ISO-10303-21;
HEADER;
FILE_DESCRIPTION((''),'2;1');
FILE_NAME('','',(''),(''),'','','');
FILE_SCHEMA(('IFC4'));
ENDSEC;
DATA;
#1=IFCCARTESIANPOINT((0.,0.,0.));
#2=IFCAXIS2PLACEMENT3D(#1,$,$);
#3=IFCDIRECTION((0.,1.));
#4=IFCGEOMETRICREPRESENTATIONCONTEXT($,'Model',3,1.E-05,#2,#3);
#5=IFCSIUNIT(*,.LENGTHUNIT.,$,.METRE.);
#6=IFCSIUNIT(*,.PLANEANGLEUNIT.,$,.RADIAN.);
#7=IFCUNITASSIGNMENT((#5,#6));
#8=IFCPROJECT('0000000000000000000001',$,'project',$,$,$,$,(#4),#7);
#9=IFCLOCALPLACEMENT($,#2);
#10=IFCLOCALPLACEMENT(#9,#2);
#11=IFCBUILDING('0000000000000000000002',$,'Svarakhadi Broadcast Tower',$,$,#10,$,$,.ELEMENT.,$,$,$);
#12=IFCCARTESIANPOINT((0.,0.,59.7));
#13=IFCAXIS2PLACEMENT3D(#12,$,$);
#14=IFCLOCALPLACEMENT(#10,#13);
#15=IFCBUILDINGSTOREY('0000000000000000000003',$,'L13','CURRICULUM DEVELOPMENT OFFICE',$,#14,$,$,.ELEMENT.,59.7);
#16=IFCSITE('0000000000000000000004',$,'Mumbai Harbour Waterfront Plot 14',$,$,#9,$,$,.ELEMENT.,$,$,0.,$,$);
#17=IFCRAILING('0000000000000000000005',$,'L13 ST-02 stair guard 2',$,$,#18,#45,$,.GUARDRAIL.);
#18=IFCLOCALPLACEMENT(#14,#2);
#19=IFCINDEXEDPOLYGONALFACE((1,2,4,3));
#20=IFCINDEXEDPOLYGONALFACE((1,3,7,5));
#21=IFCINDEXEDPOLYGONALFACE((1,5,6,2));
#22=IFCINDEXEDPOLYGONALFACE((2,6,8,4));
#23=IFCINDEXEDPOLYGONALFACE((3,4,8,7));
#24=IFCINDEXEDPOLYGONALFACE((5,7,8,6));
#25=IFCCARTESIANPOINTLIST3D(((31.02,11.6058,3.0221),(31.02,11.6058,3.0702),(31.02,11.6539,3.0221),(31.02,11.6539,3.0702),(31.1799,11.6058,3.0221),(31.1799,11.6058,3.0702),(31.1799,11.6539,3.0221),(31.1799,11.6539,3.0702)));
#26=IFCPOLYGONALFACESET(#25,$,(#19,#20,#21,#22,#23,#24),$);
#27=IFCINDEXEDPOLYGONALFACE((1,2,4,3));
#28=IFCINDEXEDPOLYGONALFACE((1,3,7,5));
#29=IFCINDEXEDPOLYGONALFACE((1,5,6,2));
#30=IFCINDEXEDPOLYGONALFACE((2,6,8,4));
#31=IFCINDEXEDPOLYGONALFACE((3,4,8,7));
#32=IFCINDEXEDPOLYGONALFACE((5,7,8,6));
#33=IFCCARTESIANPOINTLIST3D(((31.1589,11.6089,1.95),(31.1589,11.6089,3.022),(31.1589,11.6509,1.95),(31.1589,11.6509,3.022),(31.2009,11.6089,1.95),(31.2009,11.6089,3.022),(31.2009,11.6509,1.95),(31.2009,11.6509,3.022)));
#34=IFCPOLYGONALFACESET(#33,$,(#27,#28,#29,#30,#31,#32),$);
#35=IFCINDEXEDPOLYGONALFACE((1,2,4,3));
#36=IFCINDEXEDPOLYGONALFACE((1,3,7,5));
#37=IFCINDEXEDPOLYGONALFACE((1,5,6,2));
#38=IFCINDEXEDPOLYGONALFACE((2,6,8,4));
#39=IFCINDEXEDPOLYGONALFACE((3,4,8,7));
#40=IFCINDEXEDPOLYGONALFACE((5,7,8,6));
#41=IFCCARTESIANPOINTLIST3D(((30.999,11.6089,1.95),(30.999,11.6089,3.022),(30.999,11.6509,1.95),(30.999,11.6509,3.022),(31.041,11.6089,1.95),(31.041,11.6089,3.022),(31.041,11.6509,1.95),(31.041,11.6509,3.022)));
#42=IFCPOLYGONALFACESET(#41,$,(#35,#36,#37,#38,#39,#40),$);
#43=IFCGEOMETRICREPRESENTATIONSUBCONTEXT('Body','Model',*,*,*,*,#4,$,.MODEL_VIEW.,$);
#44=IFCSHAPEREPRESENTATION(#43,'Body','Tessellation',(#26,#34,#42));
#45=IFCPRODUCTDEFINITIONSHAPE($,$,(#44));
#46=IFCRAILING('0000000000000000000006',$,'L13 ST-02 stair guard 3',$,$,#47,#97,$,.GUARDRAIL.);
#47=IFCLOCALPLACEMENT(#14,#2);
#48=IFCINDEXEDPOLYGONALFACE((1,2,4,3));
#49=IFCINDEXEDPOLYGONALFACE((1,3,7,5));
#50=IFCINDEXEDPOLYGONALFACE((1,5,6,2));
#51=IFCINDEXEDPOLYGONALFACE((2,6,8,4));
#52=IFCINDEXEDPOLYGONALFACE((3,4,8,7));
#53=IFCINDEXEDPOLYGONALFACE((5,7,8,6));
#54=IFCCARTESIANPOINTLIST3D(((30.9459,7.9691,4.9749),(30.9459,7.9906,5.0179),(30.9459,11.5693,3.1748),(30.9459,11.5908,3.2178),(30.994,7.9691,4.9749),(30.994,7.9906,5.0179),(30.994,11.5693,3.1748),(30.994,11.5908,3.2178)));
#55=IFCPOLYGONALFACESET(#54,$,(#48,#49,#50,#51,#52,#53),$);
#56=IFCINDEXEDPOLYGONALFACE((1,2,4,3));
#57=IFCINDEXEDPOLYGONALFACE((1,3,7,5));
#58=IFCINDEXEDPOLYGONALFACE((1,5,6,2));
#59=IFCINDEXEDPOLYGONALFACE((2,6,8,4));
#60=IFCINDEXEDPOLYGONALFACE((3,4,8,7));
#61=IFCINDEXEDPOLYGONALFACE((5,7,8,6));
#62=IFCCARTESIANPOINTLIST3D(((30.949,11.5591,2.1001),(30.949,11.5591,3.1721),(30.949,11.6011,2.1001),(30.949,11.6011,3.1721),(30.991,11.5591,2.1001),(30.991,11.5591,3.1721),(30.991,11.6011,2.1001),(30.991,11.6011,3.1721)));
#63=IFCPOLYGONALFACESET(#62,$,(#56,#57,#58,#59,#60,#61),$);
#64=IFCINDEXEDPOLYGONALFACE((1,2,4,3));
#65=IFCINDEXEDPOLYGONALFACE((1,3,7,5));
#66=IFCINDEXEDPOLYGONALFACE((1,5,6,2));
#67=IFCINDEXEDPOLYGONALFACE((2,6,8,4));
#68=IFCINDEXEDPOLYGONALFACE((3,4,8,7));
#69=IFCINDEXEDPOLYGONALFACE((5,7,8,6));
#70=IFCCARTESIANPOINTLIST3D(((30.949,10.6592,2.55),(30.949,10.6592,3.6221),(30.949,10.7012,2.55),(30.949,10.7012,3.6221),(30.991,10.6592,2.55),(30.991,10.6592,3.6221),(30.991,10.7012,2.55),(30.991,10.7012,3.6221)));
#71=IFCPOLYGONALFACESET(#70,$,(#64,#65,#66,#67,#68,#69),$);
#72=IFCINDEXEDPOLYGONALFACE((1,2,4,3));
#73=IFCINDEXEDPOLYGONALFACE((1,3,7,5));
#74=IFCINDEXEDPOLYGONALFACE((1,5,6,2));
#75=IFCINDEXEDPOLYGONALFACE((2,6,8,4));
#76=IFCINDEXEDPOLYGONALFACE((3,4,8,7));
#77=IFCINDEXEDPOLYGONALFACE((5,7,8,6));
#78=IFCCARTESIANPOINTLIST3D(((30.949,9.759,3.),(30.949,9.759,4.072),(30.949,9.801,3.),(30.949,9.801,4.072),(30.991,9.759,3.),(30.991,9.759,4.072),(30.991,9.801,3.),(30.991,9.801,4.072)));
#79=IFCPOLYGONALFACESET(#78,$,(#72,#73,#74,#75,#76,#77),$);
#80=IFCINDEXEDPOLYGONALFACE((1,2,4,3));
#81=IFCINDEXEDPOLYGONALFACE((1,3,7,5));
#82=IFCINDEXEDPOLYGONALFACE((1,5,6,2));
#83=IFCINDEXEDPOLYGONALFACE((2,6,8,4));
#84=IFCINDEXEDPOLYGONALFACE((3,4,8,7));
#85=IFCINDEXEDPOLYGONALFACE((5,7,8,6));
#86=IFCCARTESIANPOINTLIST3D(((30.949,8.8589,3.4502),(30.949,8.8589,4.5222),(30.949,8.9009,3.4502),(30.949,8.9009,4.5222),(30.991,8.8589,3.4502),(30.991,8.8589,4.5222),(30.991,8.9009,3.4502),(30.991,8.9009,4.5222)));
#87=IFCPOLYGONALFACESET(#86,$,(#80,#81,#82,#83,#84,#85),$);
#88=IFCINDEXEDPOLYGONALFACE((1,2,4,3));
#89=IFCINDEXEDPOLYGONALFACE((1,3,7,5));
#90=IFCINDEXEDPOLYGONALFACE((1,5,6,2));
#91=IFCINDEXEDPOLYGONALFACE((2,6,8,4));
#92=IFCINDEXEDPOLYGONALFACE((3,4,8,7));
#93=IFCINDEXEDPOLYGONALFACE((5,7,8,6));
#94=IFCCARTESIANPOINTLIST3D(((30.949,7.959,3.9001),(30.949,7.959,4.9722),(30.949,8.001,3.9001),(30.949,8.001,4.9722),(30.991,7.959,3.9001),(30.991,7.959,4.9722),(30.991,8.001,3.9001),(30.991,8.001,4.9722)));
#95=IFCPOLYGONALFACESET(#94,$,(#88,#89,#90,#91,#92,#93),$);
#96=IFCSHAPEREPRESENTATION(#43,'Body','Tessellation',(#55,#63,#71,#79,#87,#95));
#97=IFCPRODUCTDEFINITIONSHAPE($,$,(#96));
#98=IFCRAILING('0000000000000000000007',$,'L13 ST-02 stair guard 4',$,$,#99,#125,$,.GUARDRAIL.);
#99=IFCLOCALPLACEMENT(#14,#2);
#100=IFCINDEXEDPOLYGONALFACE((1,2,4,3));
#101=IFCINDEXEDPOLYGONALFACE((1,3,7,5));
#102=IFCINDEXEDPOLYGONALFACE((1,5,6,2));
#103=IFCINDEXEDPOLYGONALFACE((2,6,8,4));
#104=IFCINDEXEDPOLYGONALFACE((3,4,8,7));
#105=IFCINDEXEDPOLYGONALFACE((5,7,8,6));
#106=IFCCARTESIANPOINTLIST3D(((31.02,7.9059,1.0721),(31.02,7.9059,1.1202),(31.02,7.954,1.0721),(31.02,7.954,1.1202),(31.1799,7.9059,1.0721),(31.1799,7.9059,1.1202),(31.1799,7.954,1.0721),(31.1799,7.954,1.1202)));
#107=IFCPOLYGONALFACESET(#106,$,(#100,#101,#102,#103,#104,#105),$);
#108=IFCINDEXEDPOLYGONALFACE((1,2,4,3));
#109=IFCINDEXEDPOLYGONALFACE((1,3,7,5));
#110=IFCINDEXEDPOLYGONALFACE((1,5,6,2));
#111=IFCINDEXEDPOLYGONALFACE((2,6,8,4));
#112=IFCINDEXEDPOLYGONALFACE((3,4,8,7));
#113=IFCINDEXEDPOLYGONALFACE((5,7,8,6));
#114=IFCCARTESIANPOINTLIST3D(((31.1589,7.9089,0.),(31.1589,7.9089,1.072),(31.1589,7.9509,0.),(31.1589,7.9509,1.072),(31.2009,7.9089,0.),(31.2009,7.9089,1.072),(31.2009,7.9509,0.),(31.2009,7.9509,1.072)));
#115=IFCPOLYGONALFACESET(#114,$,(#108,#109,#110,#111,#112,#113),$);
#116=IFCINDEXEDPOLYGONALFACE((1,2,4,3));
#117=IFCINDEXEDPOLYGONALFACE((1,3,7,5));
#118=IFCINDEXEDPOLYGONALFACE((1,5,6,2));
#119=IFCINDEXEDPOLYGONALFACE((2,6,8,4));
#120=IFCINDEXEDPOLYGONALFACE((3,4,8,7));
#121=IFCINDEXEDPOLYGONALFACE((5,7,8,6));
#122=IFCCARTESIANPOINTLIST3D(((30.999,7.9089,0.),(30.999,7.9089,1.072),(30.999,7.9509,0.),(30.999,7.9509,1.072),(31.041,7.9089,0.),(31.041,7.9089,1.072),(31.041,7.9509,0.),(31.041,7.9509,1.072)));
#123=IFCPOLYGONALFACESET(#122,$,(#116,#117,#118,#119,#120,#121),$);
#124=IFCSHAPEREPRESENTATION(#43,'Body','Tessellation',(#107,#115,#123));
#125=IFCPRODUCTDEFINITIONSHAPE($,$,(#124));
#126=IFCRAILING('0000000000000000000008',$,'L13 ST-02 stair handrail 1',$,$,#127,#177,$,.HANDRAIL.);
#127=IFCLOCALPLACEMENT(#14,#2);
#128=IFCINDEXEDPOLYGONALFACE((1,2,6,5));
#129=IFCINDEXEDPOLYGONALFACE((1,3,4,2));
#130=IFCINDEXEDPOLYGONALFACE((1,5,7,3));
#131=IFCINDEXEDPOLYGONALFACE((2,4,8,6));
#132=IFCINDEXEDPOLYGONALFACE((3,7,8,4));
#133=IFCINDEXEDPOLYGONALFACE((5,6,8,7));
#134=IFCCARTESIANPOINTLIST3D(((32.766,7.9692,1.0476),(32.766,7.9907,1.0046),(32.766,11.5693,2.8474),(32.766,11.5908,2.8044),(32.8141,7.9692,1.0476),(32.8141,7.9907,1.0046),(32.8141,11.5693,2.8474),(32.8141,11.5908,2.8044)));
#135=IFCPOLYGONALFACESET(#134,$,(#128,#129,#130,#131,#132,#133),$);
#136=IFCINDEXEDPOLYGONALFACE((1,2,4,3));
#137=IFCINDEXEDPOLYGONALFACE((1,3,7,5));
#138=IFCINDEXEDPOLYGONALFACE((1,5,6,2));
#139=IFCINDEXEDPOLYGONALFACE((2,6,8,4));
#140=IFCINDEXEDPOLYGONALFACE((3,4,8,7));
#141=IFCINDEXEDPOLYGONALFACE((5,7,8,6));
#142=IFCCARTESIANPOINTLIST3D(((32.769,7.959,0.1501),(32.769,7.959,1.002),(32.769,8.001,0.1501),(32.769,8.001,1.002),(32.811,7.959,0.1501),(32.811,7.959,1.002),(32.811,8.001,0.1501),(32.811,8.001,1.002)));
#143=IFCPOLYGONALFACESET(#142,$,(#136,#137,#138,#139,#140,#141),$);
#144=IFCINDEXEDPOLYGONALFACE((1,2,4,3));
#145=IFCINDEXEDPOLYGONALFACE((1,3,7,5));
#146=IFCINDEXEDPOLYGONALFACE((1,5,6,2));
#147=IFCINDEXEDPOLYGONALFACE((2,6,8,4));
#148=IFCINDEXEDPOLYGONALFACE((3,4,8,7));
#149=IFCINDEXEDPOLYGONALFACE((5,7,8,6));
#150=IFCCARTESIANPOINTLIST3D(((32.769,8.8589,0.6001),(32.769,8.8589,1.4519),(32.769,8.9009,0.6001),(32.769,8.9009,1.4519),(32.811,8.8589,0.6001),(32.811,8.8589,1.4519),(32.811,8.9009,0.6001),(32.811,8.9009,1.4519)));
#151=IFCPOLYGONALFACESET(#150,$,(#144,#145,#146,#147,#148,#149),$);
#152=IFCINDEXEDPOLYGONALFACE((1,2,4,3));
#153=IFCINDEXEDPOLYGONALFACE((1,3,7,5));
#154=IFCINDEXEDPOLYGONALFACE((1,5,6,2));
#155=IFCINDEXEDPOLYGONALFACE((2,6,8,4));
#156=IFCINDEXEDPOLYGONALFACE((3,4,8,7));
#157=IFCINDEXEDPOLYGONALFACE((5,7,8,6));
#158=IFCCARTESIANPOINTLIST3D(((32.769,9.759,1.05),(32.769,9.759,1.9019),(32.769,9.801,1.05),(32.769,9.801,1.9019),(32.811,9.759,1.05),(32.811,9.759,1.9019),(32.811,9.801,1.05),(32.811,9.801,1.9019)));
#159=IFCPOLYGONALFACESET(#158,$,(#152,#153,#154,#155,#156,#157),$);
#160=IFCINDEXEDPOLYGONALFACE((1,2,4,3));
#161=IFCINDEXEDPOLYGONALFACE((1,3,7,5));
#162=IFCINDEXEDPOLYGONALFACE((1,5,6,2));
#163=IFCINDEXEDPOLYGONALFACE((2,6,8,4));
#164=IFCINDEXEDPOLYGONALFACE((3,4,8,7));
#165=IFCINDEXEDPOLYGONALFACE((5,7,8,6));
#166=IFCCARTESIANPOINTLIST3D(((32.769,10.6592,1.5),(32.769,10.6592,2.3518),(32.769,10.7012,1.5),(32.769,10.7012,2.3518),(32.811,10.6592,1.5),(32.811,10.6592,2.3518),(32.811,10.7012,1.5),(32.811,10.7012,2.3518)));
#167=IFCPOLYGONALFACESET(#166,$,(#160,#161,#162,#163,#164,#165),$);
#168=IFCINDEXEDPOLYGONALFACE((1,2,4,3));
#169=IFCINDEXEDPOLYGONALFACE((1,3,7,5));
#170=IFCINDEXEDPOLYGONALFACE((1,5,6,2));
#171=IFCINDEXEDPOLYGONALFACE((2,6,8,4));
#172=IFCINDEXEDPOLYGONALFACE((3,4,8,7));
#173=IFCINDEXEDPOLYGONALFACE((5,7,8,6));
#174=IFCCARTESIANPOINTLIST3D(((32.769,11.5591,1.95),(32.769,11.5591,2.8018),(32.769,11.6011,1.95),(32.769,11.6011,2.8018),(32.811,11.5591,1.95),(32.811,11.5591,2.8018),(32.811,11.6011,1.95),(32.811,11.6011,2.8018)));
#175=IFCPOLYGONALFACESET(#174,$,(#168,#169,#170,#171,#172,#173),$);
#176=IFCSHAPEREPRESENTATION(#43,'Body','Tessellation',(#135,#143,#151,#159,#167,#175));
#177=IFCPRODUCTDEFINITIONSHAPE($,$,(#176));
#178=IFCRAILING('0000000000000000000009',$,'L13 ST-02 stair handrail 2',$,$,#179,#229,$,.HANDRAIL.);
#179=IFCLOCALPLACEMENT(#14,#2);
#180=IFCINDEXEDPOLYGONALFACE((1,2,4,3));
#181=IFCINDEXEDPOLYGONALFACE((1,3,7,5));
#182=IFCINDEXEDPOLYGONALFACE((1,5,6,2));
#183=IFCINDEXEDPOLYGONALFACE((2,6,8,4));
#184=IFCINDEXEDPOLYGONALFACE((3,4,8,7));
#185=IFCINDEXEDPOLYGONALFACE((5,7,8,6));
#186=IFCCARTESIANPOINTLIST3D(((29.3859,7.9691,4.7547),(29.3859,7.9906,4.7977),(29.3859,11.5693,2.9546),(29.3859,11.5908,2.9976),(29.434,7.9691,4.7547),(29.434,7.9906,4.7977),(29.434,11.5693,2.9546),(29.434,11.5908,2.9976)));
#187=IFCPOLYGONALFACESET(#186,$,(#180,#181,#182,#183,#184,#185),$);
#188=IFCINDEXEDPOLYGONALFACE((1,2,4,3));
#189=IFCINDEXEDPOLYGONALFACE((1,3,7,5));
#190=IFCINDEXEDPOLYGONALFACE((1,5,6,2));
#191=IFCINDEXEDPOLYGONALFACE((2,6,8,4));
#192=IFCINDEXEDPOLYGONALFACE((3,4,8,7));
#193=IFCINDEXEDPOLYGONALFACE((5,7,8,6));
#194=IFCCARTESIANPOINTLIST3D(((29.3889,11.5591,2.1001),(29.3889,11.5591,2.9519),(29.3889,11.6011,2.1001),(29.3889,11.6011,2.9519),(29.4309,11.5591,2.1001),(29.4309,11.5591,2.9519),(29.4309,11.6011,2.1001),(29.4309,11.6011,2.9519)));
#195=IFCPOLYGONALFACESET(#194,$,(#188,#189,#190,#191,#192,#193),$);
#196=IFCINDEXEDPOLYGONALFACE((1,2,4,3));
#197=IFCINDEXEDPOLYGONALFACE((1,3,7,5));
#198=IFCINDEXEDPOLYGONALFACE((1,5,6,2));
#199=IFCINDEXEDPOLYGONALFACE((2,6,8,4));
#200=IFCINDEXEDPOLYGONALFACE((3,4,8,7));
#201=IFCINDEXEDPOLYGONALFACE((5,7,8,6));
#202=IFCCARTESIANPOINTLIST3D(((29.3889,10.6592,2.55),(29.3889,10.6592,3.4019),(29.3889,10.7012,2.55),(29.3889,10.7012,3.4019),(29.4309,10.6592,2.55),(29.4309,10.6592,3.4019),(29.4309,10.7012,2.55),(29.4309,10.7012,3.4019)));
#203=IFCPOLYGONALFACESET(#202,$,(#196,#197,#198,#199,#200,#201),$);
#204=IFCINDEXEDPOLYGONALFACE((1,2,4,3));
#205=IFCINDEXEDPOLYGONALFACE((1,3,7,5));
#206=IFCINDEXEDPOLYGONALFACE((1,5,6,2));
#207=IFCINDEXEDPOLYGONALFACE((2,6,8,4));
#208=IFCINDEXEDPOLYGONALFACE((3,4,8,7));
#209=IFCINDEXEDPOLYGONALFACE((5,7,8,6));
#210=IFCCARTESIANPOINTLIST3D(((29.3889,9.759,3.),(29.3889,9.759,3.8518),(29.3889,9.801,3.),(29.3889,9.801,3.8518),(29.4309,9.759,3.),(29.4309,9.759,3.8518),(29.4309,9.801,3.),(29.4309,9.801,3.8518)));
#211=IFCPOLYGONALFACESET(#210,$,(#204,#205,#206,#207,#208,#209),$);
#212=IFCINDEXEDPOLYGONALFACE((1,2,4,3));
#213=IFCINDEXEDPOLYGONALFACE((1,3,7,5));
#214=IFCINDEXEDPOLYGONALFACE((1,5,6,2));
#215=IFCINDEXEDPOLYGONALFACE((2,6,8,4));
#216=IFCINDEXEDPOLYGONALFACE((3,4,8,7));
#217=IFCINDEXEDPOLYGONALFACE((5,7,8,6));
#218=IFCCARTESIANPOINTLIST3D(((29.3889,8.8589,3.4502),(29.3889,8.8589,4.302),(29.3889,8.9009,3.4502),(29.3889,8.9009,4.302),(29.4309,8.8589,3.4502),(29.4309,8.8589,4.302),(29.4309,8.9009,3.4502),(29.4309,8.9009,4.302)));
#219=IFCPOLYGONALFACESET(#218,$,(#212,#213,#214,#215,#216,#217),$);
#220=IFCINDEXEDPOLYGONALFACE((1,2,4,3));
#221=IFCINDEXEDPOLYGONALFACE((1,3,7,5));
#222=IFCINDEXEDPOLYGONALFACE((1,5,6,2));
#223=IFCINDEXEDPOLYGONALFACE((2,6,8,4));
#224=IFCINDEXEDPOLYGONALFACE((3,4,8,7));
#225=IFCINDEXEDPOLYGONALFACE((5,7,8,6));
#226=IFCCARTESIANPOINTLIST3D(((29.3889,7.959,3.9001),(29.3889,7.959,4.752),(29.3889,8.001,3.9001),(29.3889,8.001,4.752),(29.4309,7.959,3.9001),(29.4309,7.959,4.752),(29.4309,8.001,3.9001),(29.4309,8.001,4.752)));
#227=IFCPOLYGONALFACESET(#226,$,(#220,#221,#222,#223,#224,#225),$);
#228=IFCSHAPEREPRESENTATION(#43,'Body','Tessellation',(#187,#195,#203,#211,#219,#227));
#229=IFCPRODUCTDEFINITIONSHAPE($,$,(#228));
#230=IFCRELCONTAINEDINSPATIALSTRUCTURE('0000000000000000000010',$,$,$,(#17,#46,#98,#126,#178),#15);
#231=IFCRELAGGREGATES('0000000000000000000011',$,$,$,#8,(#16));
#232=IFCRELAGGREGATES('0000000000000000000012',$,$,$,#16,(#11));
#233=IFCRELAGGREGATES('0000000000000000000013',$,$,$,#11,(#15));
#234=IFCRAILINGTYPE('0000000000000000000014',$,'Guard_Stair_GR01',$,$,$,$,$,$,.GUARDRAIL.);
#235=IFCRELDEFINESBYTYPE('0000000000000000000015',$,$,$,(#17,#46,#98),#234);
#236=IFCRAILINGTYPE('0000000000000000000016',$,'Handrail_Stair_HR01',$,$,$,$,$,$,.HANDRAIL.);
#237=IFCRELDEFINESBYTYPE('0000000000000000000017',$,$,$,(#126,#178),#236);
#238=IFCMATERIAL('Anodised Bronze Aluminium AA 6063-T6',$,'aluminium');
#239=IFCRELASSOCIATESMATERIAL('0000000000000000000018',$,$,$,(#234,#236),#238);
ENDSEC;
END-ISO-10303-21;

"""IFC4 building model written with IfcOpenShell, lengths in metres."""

from ifc_helpers import new_model, si_unit, direction, frame, origin, origin_2d, place, context, subcontext, project, spatial, rectangle, extrude, material, type_object, element, save


model = new_model("IFC4")

# Units and contexts
model_context = context("Model", 3, precision=1e-05, world=origin(), true_north=direction((0.0, 1.0)))
body_context = subcontext(model_context, "Body", "Model", "MODEL_VIEW")
ifc_project = project(units=[si_unit("LENGTHUNIT", "METRE"), si_unit("PLANEANGLEUNIT", "RADIAN")], contexts=[model_context])

# Site, building, storey
site_placement = place(None, origin())
site = spatial("IfcSite", under=ifc_project, at=site_placement, Name="Mumbai Harbour Waterfront Plot 14", CompositionType="ELEMENT", RefElevation=0.0)
building_placement = place(site_placement, origin())
building = spatial("IfcBuilding", under=site, at=building_placement, Name="Svarakhadi Broadcast Tower", CompositionType="ELEMENT")
storey_placement = place(building_placement, frame((0.0, 0.0, 59.7)))
storey = spatial("IfcBuildingStorey", under=building, at=storey_placement, Name="L13", Description="CURRICULUM DEVELOPMENT OFFICE", CompositionType="ELEMENT", Elevation=59.7)

# Shared definitions
ifc_material_1 = material(Name="Anodised Bronze Aluminium AA 6063-T6", Category="aluminium")

# Railings
railing_type_1 = type_object("IfcRailingType", Name="Guard_Stair_GR01", PredefinedType="GUARDRAIL", material=ifc_material_1)
railing_1_placement = place(storey_placement, frame((31.1799, 11.6299, 1.95)))
element("IfcRailing", 1, at=railing_1_placement, inside=storey, type_object=railing_type_1, Name="L13 ST-02 stair guard 2", PredefinedType="GUARDRAIL", context=body_context, shape_type="SweptSolid", body=[
    extrude(rectangle(XDim=0.0481, YDim=0.0481, at=origin_2d()), frame((0.0, 0.0, 1.0962), z_axis=(-1.0, 0.0, 0.0), x_axis=(0.0, -1.0, 0.0)), (0.0, 0.0, 1.0), 0.1599),
    extrude(rectangle(XDim=0.042, YDim=0.042, at=origin_2d()), origin(), (0.0, 0.0, 1.0), 1.072),
    extrude(rectangle(XDim=0.042, YDim=0.042, at=origin_2d()), frame((-0.1599, 0.0, 0.0)), (0.0, 0.0, 1.0), 1.072),
])
railing_2_placement = place(storey_placement, frame((30.97, 11.5801, 2.1001)))
element("IfcRailing", 2, at=railing_2_placement, inside=storey, type_object=railing_type_1, Name="L13 ST-02 stair guard 3", PredefinedType="GUARDRAIL", context=body_context, shape_type="SweptSolid", body=[
    extrude(rectangle(XDim=0.0481, YDim=0.0481, at=origin_2d()), frame((0.0, 0.0, 1.0962), z_axis=(0.0, -0.894427, 0.447214), x_axis=(1.0, 0.0, 0.0)), (0.0, 0.0, 1.0), 4.0251),
    extrude(rectangle(XDim=0.042, YDim=0.042, at=origin_2d()), origin(), (0.0, 0.0, 1.0), 1.072),
    extrude(rectangle(XDim=0.042, YDim=0.042, at=origin_2d()), frame((0.0, -0.8999, 0.45)), (0.0, 0.0, 1.0), 1.072),
    extrude(rectangle(XDim=0.042, YDim=0.042, at=origin_2d()), frame((0.0, -1.8, 0.8999)), (0.0, 0.0, 1.0), 1.072),
    extrude(rectangle(XDim=0.042, YDim=0.042, at=origin_2d()), frame((0.0, -2.7002, 1.3501)), (0.0, 0.0, 1.0), 1.072),
    extrude(rectangle(XDim=0.042, YDim=0.042, at=origin_2d()), frame((0.0, -3.6001, 1.8)), (0.0, 0.0, 1.0), 1.072),
])
railing_3_placement = place(storey_placement, frame((31.1799, 7.9299, 0.0)))
element("IfcRailing", 3, at=railing_3_placement, inside=storey, type_object=railing_type_1, Name="L13 ST-02 stair guard 4", PredefinedType="GUARDRAIL", context=body_context, shape_type="SweptSolid", body=[
    extrude(rectangle(XDim=0.0481, YDim=0.0481, at=origin_2d()), frame((0.0, 0.0, 1.0962), z_axis=(-1.0, 0.0, 0.0), x_axis=(0.0, -1.0, 0.0)), (0.0, 0.0, 1.0), 0.1599),
    extrude(rectangle(XDim=0.042, YDim=0.042, at=origin_2d()), origin(), (0.0, 0.0, 1.0), 1.072),
    extrude(rectangle(XDim=0.042, YDim=0.042, at=origin_2d()), frame((-0.1599, 0.0, 0.0)), (0.0, 0.0, 1.0), 1.072),
])
railing_type_2 = type_object("IfcRailingType", Name="Handrail_Stair_HR01", PredefinedType="HANDRAIL", material=ifc_material_1)
railing_4_placement = place(storey_placement, frame((32.79, 7.98, 0.1501)))
element("IfcRailing", 4, at=railing_4_placement, inside=storey, type_object=railing_type_2, Name="L13 ST-02 stair handrail 1", PredefinedType="HANDRAIL", context=body_context, shape_type="SweptSolid", body=[
    extrude(rectangle(XDim=0.0481, YDim=0.0481, at=origin_2d()), frame((0.0, 0.0, 0.876), z_axis=(0.0, 0.894451, 0.447165), x_axis=(-1.0, 0.0, 0.0)), (0.0, 0.0, 1.0), 4.0249),
    extrude(rectangle(XDim=0.042, YDim=0.042, at=origin_2d()), origin(), (0.0, 0.0, 1.0), 0.8518),
    extrude(rectangle(XDim=0.042, YDim=0.042, at=origin_2d()), frame((0.0, 0.8999, 0.45)), (0.0, 0.0, 1.0), 0.8518),
    extrude(rectangle(XDim=0.042, YDim=0.042, at=origin_2d()), frame((0.0, 1.8, 0.8999)), (0.0, 0.0, 1.0), 0.8518),
    extrude(rectangle(XDim=0.042, YDim=0.042, at=origin_2d()), frame((0.0, 2.7002, 1.3499)), (0.0, 0.0, 1.0), 0.8518),
    extrude(rectangle(XDim=0.042, YDim=0.042, at=origin_2d()), frame((0.0, 3.6001, 1.7998)), (0.0, 0.0, 1.0), 0.8518),
])
railing_5_placement = place(storey_placement, frame((29.4099, 11.5801, 2.1001)))
element("IfcRailing", 5, at=railing_5_placement, inside=storey, type_object=railing_type_2, Name="L13 ST-02 stair handrail 2", PredefinedType="HANDRAIL", context=body_context, shape_type="SweptSolid", body=[
    extrude(rectangle(XDim=0.0481, YDim=0.0481, at=origin_2d()), frame((0.0, 0.0, 0.876), z_axis=(0.0, -0.894427, 0.447214), x_axis=(1.0, 0.0, 0.0)), (0.0, 0.0, 1.0), 4.0251),
    extrude(rectangle(XDim=0.042, YDim=0.042, at=origin_2d()), origin(), (0.0, 0.0, 1.0), 0.8518),
    extrude(rectangle(XDim=0.042, YDim=0.042, at=origin_2d()), frame((0.0, -0.8999, 0.45)), (0.0, 0.0, 1.0), 0.8518),
    extrude(rectangle(XDim=0.042, YDim=0.042, at=origin_2d()), frame((0.0, -1.8, 0.8999)), (0.0, 0.0, 1.0), 0.8518),
    extrude(rectangle(XDim=0.042, YDim=0.042, at=origin_2d()), frame((0.0, -2.7002, 1.3501)), (0.0, 0.0, 1.0), 0.8518),
    extrude(rectangle(XDim=0.042, YDim=0.042, at=origin_2d()), frame((0.0, -3.6001, 1.8)), (0.0, 0.0, 1.0), 0.8518),
])

save(model, "model.ifc")
